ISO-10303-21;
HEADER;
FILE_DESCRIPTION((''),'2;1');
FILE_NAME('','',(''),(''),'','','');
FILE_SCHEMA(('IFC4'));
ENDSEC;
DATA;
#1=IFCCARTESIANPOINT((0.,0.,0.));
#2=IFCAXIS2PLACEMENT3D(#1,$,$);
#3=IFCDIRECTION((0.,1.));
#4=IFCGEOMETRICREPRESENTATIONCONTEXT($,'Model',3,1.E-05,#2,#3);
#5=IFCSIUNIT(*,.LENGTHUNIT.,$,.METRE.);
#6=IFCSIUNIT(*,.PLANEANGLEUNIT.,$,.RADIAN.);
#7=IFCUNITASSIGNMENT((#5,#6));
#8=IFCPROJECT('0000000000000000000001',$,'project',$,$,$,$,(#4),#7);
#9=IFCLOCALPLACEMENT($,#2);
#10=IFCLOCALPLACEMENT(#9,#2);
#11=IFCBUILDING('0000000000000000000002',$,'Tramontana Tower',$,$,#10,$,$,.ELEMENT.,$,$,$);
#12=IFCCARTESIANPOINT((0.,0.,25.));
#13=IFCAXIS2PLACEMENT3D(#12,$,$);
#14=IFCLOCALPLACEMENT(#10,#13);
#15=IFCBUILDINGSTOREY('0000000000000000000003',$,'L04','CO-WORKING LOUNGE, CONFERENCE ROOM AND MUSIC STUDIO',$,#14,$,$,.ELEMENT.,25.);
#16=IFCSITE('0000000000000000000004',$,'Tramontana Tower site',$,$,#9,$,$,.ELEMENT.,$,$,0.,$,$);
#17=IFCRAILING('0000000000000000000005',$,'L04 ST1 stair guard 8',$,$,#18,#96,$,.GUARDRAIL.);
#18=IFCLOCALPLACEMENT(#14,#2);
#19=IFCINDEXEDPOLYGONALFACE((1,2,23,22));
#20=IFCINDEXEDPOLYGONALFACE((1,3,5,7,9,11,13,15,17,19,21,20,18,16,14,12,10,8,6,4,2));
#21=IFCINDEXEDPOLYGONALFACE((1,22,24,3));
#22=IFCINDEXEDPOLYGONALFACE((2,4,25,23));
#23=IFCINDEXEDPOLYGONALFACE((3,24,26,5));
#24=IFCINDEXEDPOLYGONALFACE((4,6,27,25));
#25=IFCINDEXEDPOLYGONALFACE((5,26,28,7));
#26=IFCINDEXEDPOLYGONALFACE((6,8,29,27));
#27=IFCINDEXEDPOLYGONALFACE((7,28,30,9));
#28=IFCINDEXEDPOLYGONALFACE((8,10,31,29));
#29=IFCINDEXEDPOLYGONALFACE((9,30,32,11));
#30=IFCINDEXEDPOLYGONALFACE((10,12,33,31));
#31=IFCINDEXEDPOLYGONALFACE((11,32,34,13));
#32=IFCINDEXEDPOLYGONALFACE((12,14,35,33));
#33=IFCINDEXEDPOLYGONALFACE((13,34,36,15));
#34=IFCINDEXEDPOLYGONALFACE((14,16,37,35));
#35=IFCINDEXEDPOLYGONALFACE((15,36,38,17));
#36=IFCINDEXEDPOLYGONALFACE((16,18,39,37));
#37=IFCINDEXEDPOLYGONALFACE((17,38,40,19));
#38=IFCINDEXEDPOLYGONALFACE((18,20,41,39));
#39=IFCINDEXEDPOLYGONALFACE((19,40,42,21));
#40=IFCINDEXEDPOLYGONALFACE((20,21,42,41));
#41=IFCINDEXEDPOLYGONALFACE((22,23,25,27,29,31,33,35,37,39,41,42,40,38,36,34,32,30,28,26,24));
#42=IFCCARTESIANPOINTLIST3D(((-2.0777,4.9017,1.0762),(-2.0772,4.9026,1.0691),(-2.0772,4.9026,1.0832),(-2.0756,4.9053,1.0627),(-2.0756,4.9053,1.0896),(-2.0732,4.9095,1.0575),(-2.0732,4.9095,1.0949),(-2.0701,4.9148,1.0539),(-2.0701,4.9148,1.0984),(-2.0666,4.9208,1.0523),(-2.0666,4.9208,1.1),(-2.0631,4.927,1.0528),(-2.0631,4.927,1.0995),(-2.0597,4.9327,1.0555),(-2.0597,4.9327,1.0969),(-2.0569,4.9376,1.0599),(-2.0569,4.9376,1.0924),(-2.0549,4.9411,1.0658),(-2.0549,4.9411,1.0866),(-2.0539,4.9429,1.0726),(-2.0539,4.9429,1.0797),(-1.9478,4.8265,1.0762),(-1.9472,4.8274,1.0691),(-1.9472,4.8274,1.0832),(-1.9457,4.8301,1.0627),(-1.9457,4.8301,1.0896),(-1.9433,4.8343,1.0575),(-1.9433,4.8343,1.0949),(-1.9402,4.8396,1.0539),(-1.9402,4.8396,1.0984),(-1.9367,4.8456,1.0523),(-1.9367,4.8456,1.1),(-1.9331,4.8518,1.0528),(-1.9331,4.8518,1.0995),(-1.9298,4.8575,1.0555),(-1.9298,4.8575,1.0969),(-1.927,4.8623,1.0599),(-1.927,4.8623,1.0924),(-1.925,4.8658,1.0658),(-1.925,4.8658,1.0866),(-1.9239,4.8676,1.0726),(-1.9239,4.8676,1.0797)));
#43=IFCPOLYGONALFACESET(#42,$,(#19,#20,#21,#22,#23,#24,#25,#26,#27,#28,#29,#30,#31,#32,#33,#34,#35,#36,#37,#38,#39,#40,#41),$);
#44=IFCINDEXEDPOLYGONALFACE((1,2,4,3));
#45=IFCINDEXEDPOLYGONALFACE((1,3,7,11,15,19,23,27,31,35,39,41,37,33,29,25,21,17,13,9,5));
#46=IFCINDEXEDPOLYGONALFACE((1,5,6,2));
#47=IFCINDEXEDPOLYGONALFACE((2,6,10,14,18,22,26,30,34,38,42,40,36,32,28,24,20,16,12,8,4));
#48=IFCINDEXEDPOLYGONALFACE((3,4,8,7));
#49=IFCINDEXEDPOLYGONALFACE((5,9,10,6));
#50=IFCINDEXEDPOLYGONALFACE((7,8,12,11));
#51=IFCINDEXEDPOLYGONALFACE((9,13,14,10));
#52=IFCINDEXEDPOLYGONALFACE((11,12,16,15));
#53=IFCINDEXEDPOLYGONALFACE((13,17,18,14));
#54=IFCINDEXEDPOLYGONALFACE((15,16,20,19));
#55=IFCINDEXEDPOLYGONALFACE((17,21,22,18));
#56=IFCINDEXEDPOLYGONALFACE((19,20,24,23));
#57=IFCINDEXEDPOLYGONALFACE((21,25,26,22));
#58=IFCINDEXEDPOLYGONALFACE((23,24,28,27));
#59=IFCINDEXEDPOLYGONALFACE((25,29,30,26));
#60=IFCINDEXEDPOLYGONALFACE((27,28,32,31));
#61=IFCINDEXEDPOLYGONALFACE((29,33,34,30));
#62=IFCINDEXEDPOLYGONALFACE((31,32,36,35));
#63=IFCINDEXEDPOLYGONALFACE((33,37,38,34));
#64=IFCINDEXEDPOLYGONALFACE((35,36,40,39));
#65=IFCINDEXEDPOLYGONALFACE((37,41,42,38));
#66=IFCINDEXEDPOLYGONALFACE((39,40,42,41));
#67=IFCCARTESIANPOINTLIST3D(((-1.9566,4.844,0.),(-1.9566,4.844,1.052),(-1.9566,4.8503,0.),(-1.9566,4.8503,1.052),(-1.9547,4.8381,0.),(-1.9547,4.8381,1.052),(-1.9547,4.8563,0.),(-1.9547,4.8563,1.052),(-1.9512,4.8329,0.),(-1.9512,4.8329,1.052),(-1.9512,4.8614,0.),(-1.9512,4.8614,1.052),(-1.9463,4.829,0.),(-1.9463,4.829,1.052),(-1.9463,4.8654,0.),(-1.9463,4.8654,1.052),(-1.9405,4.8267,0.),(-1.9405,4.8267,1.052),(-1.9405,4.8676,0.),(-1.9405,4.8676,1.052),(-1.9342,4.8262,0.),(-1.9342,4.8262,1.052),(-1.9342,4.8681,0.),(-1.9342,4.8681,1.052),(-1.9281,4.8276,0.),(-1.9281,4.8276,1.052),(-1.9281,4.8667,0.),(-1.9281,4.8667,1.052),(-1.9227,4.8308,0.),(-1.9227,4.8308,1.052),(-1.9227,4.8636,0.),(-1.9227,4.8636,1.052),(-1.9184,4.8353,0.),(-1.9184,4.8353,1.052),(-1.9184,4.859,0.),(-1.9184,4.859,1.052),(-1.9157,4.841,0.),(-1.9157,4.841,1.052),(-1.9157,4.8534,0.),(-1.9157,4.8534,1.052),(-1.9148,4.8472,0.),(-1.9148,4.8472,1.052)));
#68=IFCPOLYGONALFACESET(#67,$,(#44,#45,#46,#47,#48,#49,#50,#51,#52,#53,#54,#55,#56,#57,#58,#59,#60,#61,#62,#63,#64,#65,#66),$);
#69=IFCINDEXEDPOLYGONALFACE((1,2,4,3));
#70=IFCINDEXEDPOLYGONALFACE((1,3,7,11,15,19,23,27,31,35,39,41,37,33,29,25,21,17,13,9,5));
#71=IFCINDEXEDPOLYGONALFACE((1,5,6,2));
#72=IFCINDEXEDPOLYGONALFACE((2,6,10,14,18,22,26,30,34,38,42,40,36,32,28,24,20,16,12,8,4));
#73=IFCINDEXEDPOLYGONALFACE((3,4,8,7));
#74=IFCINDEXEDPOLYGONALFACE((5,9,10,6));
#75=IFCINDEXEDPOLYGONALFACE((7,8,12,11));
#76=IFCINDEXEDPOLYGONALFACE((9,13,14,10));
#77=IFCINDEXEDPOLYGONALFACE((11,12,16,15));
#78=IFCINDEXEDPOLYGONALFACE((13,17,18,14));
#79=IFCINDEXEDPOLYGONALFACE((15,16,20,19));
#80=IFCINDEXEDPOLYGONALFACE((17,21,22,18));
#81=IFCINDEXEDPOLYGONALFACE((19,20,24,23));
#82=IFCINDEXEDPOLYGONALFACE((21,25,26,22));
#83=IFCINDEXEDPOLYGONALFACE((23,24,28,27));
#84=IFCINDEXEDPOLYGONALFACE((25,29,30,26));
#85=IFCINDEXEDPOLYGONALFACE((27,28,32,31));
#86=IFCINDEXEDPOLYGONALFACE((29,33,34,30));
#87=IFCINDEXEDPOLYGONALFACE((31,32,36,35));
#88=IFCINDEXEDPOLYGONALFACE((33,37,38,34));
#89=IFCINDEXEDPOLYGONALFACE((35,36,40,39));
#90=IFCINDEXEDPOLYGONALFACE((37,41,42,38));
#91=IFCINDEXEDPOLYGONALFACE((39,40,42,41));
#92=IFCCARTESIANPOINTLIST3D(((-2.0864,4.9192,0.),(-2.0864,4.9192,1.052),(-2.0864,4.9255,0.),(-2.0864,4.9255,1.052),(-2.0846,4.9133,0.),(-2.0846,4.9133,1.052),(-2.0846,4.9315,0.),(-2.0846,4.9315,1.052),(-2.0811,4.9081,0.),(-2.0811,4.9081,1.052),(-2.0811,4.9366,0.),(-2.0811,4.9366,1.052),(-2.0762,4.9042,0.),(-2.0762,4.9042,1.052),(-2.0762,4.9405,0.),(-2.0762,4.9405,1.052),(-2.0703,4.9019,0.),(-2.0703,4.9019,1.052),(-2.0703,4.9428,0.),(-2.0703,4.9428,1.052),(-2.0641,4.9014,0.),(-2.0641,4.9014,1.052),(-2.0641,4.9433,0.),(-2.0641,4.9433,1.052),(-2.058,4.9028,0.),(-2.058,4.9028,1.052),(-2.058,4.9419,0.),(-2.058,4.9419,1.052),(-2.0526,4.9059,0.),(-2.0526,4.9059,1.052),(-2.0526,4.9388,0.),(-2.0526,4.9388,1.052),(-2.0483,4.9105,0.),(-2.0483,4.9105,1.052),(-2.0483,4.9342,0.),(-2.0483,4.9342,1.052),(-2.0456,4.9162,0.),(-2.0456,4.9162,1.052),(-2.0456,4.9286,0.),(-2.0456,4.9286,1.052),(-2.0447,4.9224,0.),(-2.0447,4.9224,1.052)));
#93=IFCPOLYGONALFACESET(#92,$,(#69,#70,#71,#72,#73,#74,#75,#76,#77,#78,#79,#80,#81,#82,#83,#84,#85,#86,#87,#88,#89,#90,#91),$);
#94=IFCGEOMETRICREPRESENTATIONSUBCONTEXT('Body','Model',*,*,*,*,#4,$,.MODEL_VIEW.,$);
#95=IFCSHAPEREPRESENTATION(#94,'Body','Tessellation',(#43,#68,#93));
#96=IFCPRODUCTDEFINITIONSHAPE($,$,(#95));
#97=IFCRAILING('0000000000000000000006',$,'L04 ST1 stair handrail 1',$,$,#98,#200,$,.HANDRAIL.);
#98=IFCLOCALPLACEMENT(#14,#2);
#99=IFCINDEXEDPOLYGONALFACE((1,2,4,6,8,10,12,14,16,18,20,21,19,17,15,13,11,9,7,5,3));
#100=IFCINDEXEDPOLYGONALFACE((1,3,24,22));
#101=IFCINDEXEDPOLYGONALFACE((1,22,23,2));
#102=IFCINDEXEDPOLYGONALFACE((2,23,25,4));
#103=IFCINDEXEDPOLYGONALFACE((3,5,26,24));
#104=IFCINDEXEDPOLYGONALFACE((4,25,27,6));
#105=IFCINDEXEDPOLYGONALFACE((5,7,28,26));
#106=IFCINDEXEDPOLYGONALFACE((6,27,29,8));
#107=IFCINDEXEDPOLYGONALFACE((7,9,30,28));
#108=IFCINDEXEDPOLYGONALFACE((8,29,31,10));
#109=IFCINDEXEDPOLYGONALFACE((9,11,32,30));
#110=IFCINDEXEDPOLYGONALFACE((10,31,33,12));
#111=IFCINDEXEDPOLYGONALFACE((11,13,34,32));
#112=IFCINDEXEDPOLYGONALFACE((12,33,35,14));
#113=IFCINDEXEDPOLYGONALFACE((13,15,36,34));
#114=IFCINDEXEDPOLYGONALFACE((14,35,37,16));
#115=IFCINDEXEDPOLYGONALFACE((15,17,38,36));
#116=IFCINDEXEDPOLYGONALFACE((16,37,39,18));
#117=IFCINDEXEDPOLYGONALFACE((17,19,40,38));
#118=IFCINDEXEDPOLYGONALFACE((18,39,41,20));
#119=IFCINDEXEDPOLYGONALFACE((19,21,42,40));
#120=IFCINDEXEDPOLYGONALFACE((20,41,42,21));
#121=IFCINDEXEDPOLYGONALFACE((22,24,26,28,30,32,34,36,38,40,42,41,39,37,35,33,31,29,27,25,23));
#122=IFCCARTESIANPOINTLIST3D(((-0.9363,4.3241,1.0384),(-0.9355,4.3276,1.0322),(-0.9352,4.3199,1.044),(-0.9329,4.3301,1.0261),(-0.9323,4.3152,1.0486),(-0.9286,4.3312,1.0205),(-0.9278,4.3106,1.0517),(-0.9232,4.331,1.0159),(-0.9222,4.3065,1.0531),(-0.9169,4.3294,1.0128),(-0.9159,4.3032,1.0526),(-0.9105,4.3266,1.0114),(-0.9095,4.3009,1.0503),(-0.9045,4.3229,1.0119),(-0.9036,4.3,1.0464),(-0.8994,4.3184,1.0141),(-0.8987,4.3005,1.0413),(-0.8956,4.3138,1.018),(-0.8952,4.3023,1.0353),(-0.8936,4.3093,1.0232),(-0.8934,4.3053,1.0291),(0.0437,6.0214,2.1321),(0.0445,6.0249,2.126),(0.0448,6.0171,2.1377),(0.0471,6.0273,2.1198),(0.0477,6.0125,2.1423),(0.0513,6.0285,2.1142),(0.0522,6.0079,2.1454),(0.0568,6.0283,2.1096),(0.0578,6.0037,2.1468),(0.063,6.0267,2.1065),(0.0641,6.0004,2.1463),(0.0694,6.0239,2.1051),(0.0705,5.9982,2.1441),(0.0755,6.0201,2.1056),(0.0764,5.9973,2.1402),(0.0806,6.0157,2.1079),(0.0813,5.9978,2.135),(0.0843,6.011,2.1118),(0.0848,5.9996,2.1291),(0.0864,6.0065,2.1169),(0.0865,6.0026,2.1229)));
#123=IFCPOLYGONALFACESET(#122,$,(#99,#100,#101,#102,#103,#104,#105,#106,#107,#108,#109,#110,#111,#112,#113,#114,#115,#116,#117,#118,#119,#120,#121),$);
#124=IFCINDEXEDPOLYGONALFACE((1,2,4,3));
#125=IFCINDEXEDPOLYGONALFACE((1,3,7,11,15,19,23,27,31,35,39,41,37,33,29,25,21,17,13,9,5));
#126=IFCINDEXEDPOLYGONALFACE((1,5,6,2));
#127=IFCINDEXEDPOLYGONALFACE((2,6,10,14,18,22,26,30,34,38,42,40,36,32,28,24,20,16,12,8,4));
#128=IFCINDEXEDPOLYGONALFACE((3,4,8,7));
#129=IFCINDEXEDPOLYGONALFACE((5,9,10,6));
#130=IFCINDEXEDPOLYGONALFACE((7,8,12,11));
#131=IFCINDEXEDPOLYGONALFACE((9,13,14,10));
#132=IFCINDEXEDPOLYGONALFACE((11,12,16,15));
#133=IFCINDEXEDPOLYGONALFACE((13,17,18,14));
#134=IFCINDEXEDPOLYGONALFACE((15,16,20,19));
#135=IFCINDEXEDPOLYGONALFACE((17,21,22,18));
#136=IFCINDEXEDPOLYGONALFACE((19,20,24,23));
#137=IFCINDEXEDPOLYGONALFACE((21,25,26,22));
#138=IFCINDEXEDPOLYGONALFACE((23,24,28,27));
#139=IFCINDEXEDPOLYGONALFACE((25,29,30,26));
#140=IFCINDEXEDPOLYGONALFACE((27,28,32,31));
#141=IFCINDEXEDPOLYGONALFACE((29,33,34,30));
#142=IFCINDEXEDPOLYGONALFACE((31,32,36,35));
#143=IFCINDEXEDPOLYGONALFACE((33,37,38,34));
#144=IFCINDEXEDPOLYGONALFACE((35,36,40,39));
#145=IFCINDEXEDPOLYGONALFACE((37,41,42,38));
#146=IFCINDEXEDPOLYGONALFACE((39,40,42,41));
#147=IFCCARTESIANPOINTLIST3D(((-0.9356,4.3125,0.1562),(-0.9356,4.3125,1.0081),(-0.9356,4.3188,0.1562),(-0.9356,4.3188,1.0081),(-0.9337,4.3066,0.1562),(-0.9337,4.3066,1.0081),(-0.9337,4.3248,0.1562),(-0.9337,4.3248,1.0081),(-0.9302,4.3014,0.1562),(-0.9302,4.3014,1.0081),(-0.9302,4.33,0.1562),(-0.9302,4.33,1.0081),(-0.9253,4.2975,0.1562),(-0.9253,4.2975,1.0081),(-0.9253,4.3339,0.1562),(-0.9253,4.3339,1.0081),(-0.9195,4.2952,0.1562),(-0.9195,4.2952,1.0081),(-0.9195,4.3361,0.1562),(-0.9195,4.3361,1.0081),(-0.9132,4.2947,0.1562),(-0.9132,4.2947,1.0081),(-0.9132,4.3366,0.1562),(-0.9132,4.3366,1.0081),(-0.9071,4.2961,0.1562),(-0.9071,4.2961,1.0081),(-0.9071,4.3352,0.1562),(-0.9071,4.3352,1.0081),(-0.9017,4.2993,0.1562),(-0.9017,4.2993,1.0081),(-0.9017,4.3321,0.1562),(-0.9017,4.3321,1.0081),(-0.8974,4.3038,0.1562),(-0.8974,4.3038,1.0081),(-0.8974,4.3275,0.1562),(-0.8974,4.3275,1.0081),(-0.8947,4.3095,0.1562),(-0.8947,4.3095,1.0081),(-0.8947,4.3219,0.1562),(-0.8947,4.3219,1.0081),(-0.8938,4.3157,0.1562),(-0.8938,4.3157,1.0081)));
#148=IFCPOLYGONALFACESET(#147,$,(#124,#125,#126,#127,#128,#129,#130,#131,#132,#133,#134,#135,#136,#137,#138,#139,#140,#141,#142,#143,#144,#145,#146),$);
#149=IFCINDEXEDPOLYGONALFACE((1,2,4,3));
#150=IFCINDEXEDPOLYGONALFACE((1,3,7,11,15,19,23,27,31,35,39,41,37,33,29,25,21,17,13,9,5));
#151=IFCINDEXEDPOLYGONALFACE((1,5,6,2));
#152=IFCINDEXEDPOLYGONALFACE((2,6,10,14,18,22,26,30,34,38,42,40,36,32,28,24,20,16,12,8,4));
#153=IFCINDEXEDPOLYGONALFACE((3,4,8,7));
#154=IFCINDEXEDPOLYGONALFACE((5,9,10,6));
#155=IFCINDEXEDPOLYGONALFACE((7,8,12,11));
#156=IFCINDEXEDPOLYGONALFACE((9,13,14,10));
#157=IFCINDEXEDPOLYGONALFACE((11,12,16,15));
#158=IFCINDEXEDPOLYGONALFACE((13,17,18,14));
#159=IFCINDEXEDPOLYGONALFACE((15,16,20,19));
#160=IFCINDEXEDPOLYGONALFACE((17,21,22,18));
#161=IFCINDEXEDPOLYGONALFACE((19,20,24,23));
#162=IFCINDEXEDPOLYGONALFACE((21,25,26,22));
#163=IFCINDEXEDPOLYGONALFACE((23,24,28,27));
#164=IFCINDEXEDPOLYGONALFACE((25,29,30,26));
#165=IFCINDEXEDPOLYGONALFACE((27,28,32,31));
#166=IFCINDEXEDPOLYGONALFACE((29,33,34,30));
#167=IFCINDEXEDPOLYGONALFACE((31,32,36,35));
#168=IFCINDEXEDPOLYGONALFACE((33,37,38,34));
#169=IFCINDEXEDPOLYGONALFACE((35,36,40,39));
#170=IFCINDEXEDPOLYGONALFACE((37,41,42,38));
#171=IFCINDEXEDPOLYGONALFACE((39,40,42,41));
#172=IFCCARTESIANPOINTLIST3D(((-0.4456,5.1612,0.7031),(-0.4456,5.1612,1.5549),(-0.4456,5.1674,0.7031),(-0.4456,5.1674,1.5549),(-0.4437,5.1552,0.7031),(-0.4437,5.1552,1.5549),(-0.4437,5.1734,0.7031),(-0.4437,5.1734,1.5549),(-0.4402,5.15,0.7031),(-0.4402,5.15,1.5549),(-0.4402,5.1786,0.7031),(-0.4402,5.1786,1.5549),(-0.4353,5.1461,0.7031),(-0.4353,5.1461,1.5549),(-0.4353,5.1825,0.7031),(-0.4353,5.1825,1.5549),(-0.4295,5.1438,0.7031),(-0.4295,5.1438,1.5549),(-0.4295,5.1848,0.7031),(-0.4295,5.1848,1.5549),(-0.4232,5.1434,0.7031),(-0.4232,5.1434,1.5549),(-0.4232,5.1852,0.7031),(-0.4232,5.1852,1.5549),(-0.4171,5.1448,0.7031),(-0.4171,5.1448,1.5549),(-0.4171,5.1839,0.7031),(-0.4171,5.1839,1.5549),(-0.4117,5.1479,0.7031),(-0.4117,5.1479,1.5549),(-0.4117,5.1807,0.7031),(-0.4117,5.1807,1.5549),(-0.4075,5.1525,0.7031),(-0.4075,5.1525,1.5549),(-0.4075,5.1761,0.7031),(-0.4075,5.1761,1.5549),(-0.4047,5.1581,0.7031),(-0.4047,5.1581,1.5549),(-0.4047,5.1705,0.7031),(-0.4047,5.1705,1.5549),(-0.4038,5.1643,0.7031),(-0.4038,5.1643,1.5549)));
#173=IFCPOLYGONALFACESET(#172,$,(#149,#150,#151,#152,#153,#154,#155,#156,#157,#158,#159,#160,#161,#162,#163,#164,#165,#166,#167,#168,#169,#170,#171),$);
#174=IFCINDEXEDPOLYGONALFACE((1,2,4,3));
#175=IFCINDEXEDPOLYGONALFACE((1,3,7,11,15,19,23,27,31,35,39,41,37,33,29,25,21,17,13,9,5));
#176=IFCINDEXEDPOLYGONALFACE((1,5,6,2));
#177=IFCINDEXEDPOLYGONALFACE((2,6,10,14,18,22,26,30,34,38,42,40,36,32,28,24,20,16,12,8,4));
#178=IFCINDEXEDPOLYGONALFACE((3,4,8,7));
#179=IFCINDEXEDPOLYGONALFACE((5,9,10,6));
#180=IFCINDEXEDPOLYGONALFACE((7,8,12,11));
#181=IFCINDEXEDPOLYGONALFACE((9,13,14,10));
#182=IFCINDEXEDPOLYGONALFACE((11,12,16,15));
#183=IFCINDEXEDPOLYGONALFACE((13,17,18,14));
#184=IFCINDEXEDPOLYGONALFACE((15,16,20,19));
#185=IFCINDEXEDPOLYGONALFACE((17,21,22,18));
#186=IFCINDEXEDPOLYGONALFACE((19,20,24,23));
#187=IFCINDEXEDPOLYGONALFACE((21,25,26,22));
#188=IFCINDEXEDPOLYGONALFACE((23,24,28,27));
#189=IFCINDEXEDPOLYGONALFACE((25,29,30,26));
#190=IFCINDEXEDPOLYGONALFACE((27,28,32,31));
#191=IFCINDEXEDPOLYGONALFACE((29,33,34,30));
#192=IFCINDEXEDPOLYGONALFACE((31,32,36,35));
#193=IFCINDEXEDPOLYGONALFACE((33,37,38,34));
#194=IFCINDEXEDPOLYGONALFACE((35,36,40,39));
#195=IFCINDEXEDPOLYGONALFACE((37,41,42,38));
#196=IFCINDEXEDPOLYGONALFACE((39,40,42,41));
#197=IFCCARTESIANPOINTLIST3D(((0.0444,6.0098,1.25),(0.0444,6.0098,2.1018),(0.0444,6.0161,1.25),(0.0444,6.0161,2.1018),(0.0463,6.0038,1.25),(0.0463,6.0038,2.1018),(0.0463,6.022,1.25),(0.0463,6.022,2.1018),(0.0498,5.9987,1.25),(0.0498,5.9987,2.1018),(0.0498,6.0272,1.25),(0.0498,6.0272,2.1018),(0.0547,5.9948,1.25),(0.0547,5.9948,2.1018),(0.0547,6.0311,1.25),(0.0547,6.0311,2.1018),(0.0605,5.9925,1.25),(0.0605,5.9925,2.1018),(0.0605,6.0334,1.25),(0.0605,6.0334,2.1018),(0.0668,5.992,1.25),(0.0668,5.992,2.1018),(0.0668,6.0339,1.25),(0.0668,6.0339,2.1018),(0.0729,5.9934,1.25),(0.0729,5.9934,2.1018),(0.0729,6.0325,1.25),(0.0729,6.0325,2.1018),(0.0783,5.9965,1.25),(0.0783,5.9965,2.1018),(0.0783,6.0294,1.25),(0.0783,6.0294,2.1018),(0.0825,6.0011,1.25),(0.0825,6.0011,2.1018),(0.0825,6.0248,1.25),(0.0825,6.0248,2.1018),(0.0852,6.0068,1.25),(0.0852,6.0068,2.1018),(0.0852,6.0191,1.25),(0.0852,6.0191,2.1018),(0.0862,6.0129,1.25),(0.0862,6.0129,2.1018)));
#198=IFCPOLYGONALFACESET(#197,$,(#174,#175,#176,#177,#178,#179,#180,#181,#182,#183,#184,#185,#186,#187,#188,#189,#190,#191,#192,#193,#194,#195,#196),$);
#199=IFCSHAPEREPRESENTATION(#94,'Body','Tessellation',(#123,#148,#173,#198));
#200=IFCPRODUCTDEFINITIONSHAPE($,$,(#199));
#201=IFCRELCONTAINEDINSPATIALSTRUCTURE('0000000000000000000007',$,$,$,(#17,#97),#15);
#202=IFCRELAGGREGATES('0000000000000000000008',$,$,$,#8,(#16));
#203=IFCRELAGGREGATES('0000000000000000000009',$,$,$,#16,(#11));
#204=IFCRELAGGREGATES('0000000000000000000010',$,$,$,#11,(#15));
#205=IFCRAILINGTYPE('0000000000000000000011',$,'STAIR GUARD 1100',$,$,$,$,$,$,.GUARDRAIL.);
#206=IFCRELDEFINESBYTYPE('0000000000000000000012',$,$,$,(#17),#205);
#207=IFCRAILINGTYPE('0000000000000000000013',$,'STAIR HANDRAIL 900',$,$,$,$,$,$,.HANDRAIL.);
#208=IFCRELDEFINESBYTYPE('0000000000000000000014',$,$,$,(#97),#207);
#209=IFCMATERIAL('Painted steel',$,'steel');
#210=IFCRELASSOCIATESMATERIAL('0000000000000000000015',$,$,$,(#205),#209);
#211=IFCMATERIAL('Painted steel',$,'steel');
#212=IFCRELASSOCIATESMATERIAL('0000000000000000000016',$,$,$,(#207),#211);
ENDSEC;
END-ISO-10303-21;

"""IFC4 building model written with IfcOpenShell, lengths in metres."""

from ifc_helpers import new_model, si_unit, direction, frame, origin, origin_2d, place, context, subcontext, project, spatial, circle, extrude, material, type_object, element, save


model = new_model("IFC4")

# Units and contexts
model_context = context("Model", 3, precision=1e-05, world=origin(), true_north=direction((0.0, 1.0)))
body_context = subcontext(model_context, "Body", "Model", "MODEL_VIEW")
ifc_project = project(units=[si_unit("LENGTHUNIT", "METRE"), si_unit("PLANEANGLEUNIT", "RADIAN")], contexts=[model_context])

# Site, building, storey
site_placement = place(None, origin())
site = spatial("IfcSite", under=ifc_project, at=site_placement, Name="Tramontana Tower site", CompositionType="ELEMENT", RefElevation=0.0)
building_placement = place(site_placement, origin())
building = spatial("IfcBuilding", under=site, at=building_placement, Name="Tramontana Tower", CompositionType="ELEMENT")
storey_placement = place(building_placement, frame((0.0, 0.0, 25.0)))
storey = spatial("IfcBuildingStorey", under=building, at=storey_placement, Name="L04", Description="CO-WORKING LOUNGE, CONFERENCE ROOM AND MUSIC STUDIO", CompositionType="ELEMENT", Elevation=25.0)

# Railings
ifc_material_1 = material(Name="Painted steel", Category="steel")
railing_type_1 = type_object("IfcRailingType", Name="STAIR GUARD 1100", PredefinedType="GUARDRAIL", material=ifc_material_1)
for number, where, name in (
    (1, (-1.9358, 4.8472, 0.0), "L04 ST1 stair guard 8"),
):
    element("IfcRailing", number, at=place(storey_placement, frame(where)), inside=storey, type_object=railing_type_1, Name=name, PredefinedType="GUARDRAIL", context=body_context, shape_type="SweptSolid", body=[
        extrude(circle(Radius=0.0239, at=origin_2d()), frame((0.0, 0.0, 1.0762), z_axis=(-0.865426, 0.501036, 0.0), x_axis=(-0.501036, -0.865426, 0.0)), (0.0, 0.0, 1.0), 0.1501),
        extrude(circle(Radius=0.021, at=origin_2d()), origin(), (0.0, 0.0, 1.0), 1.052),
        extrude(circle(Radius=0.021, at=origin_2d()), frame((-0.1299, 0.0752, 0.0)), (0.0, 0.0, 1.0), 1.052),
    ])
ifc_material_2 = material(Name="Painted steel", Category="steel")
railing_type_2 = type_object("IfcRailingType", Name="STAIR HANDRAIL 900", PredefinedType="HANDRAIL", material=ifc_material_2)
for number, where, name in (
    (2, (-0.9148, 4.3157, 0.1562), "L04 ST1 stair handrail 1"),
):
    element("IfcRailing", number, at=place(storey_placement, frame(where)), inside=storey, type_object=railing_type_2, Name=name, PredefinedType="HANDRAIL", context=body_context, shape_type="SweptSolid", body=[
        extrude(circle(Radius=0.0239, at=origin_2d()), frame((0.0, 0.0, 0.876), z_axis=(0.436632, 0.75622, 0.487323), x_axis=(-0.866011, 0.500024, 0.0)), (0.0, 0.0, 1.0), 2.2444),
        extrude(circle(Radius=0.021, at=origin_2d()), origin(), (0.0, 0.0, 1.0), 0.8518),
        extrude(circle(Radius=0.021, at=origin_2d()), frame((0.49, 0.8486, 0.5469)), (0.0, 0.0, 1.0), 0.8518),
        extrude(circle(Radius=0.021, at=origin_2d()), frame((0.98, 1.6973, 1.0938)), (0.0, 0.0, 1.0), 0.8518),
    ])

save(model, "model.ifc")
